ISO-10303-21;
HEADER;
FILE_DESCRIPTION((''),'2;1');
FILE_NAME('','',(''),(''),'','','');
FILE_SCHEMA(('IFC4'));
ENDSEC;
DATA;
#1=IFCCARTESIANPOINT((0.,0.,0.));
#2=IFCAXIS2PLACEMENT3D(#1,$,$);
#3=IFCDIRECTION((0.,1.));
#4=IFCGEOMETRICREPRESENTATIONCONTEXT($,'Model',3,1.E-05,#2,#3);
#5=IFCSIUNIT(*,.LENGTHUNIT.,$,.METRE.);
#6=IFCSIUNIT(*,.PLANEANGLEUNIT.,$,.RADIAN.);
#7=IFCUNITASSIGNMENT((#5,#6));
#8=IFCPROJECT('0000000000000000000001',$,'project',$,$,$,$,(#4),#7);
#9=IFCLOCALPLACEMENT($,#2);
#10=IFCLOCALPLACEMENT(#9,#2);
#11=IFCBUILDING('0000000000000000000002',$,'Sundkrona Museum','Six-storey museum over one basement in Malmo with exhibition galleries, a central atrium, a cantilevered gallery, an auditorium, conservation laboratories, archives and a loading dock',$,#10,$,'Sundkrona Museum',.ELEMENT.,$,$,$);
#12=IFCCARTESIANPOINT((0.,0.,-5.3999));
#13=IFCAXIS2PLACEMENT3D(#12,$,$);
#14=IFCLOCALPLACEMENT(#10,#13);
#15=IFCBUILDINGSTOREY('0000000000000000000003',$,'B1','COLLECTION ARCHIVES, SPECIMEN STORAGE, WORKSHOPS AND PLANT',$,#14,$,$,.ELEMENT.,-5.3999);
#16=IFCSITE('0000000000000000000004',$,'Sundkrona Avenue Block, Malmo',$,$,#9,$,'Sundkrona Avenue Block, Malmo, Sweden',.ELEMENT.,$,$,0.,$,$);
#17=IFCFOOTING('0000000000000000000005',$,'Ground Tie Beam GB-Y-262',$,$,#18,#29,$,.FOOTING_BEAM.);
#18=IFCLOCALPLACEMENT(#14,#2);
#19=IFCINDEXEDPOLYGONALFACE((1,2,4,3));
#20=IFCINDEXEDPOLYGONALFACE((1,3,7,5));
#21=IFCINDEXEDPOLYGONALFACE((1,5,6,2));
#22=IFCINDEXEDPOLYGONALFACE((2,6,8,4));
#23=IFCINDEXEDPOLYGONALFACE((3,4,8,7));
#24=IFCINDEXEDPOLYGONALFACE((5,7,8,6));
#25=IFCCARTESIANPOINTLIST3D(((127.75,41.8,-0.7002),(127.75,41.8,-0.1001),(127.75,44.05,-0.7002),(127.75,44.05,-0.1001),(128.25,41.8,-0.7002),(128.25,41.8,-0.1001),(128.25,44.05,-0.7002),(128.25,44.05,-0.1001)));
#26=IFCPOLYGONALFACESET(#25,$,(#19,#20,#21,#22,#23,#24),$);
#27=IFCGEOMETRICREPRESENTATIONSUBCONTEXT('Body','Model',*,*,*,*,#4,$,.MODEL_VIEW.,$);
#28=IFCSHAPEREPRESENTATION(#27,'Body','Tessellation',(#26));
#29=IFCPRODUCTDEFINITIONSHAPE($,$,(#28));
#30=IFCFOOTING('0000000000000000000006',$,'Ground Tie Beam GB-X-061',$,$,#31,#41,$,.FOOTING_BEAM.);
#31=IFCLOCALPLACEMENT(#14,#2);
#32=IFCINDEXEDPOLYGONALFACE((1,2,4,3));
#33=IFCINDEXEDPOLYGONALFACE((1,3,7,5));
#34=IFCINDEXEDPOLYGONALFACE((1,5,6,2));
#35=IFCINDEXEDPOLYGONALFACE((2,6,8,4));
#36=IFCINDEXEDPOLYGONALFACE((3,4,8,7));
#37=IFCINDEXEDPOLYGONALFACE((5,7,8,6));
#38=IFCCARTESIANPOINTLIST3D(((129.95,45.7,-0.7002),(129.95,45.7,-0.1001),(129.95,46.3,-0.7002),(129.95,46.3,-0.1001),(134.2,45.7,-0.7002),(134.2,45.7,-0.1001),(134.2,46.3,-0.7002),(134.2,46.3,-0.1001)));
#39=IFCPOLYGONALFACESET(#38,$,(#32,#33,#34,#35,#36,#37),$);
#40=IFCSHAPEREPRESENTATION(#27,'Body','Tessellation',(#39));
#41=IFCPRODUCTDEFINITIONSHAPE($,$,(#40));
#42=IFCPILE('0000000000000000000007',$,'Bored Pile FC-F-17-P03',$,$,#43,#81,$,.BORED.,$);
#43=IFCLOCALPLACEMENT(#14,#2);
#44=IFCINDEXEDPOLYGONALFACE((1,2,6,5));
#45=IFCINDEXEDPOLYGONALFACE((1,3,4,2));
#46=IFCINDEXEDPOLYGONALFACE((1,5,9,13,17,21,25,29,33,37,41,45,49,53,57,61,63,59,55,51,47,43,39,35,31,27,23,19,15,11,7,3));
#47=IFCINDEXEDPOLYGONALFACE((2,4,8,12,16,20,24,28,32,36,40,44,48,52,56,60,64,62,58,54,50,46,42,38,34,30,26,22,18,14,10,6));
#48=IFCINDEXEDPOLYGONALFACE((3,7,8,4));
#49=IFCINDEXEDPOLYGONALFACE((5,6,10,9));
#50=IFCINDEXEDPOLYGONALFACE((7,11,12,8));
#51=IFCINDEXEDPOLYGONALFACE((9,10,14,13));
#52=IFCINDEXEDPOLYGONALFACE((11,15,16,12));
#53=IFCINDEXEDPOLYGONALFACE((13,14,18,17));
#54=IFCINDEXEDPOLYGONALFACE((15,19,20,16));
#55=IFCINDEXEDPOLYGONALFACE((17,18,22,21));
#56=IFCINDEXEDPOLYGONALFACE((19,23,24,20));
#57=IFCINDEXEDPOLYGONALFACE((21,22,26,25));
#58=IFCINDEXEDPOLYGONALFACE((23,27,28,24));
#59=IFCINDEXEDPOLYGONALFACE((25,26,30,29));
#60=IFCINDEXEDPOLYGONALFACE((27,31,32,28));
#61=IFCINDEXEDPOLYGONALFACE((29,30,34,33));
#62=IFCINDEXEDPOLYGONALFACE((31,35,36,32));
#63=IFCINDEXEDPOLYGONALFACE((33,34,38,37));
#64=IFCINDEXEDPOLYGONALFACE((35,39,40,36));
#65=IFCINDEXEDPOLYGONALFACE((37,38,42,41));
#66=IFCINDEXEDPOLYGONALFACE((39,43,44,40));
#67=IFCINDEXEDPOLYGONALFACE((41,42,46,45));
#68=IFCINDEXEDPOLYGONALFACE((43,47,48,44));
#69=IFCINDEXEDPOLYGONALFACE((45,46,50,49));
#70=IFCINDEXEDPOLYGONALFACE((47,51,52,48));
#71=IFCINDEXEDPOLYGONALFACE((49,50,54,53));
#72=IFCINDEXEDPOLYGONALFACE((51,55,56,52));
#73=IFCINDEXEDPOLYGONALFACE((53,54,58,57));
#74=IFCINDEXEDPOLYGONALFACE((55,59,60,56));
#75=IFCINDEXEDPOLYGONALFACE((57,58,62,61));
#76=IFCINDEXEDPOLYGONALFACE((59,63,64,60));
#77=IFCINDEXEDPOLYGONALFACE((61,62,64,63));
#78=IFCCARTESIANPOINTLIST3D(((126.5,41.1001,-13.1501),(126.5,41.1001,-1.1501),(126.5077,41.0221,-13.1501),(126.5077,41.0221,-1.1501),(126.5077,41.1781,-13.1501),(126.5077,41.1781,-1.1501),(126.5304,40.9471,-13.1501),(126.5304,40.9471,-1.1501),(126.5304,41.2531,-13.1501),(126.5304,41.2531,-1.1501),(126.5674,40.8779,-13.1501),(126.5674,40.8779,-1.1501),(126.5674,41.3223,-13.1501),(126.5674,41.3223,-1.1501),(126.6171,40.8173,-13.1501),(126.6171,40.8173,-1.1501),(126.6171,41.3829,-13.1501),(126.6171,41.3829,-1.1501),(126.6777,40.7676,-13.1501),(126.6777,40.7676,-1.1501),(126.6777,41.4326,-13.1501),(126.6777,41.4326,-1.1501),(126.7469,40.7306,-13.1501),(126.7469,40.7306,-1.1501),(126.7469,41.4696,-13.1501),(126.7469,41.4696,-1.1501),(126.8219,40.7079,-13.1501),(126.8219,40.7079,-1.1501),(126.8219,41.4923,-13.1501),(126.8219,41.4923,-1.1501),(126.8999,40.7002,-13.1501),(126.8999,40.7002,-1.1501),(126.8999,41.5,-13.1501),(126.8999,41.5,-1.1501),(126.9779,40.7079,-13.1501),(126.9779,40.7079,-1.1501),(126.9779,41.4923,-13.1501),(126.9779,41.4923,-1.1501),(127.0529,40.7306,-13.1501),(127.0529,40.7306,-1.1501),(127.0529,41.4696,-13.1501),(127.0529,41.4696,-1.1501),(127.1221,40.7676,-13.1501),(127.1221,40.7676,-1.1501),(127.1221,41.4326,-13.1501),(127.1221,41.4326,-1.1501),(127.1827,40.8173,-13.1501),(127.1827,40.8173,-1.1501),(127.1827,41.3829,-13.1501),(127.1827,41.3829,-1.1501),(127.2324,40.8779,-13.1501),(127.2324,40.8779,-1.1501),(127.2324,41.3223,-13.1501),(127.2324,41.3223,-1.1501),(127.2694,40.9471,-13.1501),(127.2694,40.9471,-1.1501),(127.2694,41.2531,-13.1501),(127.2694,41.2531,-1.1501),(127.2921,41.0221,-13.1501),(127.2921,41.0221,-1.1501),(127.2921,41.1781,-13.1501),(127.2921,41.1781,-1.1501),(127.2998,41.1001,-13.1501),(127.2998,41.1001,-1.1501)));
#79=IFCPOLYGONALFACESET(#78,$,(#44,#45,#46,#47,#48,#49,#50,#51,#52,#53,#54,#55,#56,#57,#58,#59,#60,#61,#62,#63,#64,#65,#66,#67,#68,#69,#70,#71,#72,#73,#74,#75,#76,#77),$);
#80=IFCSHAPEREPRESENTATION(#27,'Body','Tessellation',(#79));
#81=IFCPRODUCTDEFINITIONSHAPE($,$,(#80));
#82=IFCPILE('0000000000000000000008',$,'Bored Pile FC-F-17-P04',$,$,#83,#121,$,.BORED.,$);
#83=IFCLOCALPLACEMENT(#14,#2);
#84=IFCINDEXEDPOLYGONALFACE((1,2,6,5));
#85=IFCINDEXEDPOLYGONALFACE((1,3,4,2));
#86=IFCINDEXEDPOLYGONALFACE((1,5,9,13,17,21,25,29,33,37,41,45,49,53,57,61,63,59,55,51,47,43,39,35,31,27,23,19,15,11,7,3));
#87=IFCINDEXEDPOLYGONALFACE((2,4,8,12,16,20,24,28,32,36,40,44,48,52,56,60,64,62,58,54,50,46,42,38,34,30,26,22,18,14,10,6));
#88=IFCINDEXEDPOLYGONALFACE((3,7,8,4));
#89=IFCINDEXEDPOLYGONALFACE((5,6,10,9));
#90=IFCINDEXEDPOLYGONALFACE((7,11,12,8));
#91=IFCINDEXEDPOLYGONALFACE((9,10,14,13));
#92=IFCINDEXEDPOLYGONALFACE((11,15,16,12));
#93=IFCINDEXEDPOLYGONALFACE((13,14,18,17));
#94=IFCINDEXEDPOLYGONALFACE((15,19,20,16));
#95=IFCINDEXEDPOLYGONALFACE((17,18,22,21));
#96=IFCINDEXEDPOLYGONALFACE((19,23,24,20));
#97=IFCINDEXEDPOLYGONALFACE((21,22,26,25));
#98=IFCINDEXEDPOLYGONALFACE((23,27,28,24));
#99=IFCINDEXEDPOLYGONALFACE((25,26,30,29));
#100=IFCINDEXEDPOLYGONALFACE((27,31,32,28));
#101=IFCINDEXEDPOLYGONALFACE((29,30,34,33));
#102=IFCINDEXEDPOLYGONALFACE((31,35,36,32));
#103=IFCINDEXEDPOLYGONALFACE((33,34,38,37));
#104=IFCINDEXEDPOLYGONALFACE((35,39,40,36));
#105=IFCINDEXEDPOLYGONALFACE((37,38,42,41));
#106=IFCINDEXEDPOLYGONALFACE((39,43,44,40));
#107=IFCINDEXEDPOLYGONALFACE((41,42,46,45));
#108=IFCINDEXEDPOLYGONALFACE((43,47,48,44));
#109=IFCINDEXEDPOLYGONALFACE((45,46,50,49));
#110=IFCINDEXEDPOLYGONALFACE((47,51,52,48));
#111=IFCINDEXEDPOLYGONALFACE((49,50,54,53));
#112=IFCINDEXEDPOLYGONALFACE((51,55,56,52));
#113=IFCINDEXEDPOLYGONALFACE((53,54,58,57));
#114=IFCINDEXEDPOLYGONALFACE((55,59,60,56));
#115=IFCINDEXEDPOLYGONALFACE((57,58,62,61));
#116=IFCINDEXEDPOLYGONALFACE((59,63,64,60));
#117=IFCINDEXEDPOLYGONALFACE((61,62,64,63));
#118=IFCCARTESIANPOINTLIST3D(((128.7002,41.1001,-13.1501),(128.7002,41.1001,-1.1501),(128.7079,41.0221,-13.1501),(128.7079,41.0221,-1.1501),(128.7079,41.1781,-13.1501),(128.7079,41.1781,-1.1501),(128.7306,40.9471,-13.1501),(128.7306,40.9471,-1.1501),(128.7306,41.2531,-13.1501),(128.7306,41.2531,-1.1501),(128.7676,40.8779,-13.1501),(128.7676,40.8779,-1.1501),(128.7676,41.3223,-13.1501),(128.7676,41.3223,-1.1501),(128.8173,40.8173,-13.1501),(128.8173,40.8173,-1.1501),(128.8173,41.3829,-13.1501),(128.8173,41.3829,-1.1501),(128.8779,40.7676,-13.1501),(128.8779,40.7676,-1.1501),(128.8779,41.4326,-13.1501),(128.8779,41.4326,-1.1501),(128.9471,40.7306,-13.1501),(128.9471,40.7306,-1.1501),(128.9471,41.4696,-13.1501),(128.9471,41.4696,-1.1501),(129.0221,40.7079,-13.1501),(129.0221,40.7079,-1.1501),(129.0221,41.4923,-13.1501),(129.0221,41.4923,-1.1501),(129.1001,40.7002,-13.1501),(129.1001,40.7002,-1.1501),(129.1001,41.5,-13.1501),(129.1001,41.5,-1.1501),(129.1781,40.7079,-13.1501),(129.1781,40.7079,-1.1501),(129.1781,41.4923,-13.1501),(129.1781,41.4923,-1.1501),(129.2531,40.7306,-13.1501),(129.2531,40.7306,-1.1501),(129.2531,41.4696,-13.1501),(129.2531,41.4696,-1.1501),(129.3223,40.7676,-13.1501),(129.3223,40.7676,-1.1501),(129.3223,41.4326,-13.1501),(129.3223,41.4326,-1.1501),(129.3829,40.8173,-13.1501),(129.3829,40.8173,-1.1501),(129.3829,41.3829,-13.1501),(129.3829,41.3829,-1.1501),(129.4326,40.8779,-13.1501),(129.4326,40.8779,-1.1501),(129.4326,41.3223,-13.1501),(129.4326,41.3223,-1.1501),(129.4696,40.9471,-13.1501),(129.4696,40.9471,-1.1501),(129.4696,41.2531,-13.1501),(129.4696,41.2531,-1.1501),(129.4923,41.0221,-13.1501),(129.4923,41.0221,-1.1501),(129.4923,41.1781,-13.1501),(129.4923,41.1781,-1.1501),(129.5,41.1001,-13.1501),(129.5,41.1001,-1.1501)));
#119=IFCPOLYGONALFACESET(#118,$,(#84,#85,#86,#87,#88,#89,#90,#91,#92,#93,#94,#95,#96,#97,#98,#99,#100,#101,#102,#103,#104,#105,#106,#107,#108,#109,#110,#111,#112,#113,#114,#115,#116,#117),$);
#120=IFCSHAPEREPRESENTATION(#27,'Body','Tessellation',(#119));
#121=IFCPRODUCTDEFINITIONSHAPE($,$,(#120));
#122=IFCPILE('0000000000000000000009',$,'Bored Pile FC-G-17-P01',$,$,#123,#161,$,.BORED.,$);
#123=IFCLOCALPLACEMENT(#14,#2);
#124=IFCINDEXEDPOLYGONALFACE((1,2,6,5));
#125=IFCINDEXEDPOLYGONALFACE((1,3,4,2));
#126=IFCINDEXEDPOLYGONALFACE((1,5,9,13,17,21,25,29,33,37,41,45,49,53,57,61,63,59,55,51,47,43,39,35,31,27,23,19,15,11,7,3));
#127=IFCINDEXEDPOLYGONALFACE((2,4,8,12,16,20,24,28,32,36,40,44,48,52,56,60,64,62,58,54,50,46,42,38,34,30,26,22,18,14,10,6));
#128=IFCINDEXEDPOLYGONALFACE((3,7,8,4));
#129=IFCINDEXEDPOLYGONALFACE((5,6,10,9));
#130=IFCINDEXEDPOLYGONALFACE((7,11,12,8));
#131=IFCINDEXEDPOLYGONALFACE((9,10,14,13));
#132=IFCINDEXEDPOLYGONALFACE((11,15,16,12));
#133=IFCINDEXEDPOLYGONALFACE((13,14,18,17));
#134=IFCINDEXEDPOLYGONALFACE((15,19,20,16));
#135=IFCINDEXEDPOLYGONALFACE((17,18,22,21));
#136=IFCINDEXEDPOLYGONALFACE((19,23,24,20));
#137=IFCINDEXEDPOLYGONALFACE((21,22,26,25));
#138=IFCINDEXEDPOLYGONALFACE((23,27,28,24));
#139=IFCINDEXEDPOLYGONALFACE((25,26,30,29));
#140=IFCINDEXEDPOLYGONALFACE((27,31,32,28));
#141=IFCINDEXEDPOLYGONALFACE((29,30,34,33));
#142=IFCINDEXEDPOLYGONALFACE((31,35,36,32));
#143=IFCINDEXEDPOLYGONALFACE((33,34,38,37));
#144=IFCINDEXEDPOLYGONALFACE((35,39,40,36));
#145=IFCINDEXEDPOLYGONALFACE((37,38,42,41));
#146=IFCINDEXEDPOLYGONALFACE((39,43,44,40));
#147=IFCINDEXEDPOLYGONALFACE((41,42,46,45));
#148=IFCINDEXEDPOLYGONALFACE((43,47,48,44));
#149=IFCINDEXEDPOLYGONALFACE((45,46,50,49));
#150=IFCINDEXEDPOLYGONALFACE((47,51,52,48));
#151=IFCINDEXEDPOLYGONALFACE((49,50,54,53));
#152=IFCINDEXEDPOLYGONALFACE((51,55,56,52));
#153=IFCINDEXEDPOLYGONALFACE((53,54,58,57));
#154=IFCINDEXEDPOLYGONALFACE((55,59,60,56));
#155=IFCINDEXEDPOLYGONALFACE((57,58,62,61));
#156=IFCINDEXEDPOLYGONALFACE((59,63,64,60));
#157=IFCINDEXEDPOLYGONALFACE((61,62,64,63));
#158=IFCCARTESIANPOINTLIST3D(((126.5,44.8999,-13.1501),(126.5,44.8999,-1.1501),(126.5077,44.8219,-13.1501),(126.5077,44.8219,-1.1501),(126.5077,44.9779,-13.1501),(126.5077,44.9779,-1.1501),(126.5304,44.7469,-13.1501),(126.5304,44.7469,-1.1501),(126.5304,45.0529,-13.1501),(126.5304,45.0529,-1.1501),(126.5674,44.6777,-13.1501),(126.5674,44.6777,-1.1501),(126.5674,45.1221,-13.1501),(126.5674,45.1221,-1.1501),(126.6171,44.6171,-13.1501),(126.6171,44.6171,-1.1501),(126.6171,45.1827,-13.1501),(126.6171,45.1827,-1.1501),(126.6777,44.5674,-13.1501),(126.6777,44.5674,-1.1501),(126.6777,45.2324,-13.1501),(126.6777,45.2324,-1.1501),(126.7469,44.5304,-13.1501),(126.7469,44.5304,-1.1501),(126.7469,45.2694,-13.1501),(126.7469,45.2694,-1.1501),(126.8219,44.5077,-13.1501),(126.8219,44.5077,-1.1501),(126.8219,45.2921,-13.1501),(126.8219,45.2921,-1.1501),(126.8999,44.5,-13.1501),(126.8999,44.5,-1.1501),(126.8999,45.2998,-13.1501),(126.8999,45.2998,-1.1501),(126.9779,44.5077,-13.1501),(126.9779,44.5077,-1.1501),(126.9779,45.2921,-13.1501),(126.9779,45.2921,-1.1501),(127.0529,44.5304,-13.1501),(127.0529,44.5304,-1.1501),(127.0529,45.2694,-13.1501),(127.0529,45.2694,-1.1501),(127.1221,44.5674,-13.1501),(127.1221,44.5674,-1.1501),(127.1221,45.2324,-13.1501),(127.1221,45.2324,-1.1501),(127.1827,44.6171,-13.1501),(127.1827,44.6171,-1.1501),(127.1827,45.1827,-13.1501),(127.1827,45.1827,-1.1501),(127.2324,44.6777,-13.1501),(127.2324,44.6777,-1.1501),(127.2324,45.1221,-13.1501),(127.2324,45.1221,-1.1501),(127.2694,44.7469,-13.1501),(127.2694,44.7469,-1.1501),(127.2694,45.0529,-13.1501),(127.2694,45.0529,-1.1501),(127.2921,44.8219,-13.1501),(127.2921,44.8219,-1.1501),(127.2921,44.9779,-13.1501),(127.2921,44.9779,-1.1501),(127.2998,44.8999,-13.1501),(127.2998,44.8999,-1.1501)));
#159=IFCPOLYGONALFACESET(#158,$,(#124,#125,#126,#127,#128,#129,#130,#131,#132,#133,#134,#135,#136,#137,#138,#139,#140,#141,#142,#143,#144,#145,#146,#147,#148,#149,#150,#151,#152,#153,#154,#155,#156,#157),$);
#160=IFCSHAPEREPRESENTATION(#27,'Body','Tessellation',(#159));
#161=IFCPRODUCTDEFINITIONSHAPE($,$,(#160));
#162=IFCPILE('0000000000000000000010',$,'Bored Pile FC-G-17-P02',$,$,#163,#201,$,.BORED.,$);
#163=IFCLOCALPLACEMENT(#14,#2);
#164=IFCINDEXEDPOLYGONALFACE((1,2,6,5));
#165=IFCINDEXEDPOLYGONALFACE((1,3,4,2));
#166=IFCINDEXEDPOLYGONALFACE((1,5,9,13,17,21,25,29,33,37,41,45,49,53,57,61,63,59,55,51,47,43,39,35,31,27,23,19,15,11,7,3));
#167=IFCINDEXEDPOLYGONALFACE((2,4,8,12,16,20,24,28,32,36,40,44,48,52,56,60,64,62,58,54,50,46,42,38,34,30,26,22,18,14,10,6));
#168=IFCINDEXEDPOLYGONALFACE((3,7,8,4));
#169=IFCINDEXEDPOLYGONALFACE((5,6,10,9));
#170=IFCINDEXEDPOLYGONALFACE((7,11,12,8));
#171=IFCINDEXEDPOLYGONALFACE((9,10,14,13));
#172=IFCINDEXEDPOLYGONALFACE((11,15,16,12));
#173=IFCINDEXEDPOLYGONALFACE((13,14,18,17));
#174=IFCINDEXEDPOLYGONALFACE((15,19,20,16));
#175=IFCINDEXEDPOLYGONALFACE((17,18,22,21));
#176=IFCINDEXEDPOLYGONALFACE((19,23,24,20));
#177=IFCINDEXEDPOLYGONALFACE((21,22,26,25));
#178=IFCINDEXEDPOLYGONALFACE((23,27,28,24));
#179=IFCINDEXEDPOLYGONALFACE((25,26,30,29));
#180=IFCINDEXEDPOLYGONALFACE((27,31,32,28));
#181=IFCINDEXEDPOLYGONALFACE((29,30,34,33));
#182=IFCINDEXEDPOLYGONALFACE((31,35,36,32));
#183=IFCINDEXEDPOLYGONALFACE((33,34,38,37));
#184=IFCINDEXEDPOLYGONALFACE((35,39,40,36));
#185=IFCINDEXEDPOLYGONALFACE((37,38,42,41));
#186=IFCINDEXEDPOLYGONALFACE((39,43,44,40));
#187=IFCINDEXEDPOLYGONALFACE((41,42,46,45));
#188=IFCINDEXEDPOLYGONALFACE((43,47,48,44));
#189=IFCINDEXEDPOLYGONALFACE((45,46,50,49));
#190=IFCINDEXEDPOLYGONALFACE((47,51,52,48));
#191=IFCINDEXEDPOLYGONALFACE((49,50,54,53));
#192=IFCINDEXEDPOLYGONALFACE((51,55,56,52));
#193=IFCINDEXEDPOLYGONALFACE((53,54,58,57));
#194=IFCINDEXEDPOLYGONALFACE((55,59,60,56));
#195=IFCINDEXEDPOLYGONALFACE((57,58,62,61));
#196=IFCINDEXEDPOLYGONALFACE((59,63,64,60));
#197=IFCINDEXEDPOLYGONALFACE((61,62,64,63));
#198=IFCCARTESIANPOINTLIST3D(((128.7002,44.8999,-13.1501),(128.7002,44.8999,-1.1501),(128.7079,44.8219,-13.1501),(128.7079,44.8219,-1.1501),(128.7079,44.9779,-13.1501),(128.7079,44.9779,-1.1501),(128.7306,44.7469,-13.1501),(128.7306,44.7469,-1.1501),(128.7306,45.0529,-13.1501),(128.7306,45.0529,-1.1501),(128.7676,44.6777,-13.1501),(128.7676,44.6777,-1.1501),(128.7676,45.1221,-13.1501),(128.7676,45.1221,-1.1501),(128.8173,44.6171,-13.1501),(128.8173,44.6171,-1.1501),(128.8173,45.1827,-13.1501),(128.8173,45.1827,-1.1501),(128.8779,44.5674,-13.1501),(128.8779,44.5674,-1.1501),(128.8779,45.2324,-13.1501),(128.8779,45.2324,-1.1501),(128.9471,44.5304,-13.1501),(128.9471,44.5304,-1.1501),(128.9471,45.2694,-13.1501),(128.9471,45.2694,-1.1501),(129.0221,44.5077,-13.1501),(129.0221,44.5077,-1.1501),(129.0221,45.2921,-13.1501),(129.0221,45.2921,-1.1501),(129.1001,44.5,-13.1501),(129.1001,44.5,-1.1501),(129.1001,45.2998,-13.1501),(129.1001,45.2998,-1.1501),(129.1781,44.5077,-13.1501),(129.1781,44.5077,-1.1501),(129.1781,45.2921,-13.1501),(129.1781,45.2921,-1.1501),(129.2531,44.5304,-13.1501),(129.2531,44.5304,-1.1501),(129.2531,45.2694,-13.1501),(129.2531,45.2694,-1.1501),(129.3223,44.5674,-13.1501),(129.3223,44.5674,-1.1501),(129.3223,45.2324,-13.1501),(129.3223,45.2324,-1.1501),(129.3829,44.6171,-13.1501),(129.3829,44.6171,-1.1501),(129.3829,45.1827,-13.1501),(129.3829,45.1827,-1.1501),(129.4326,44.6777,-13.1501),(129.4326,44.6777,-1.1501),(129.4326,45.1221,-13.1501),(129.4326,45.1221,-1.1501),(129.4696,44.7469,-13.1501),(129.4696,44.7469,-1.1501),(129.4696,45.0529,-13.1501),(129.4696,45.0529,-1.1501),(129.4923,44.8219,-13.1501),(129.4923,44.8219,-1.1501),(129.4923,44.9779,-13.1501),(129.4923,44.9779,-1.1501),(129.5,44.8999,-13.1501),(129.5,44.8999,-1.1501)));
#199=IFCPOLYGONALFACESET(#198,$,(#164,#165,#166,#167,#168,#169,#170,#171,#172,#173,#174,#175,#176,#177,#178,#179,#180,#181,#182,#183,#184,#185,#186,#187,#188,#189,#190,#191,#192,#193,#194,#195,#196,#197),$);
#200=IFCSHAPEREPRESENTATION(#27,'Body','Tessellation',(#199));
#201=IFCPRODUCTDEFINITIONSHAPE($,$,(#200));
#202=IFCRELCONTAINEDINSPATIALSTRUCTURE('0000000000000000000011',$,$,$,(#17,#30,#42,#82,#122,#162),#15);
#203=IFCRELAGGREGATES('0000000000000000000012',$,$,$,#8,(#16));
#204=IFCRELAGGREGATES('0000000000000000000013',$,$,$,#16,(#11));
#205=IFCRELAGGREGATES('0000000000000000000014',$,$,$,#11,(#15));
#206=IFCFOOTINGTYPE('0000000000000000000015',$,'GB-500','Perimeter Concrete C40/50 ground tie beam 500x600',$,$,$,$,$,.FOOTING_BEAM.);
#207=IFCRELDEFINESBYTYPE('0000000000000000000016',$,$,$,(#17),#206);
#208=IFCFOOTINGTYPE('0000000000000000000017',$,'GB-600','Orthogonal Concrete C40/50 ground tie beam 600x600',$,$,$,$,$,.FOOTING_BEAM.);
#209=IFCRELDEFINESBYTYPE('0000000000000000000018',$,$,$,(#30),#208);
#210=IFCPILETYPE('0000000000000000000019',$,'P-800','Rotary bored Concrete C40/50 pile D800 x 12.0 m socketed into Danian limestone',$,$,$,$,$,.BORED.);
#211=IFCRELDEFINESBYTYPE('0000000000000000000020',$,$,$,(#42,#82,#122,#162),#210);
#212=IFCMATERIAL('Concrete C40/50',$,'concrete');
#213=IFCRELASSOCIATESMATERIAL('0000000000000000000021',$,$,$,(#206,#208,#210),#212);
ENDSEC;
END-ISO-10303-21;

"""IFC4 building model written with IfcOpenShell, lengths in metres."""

from ifc_helpers import new_model, si_unit, direction, frame, origin, origin_2d, place, context, subcontext, project, spatial, rectangle, circle, extrude, material, material_profile, profile_set, type_object, element, save


model = new_model("IFC4")

# Units and contexts
model_context = context("Model", 3, precision=1e-05, world=origin(), true_north=direction((0.0, 1.0)))
body_context = subcontext(model_context, "Body", "Model", "MODEL_VIEW")
ifc_project = project(units=[si_unit("LENGTHUNIT", "METRE"), si_unit("PLANEANGLEUNIT", "RADIAN")], contexts=[model_context])

# Site, building, storey
site_placement = place(None, origin())
site = spatial("IfcSite", under=ifc_project, at=site_placement, Name="Sundkrona Avenue Block, Malmo", LongName="Sundkrona Avenue Block, Malmo, Sweden", CompositionType="ELEMENT", RefElevation=0.0)
building_placement = place(site_placement, origin())
building = spatial("IfcBuilding", under=site, at=building_placement, Name="Sundkrona Museum", Description="Six-storey museum over one basement in Malmo with exhibition galleries, a central atrium, a cantilevered gallery, an auditorium, conservation laboratories, archives and a loading dock", LongName="Sundkrona Museum", CompositionType="ELEMENT")
storey_placement = place(building_placement, frame((0.0, 0.0, -5.3999)))
storey = spatial("IfcBuildingStorey", under=building, at=storey_placement, Name="B1", Description="COLLECTION ARCHIVES, SPECIMEN STORAGE, WORKSHOPS AND PLANT", CompositionType="ELEMENT", Elevation=-5.3999)

# Footings
ifc_material_1 = material(Name="Concrete C40/50", Category="concrete")
footing_type_1 = type_object("IfcFootingType", Name="GB-500", Description="Perimeter Concrete C40/50 ground tie beam 500x600", PredefinedType="FOOTING_BEAM", material=ifc_material_1)
footing_1_placement = place(storey_placement, frame((128.0, 42.925, -0.7002), z_axis=(0.0, 0.0, 1.0), x_axis=(0.0, 1.0, 0.0)))
element("IfcFooting", 1, at=footing_1_placement, inside=storey, type_object=footing_type_1, Name="Ground Tie Beam GB-Y-262", PredefinedType="FOOTING_BEAM", context=body_context, shape_type="SweptSolid", body=[
    extrude(rectangle(XDim=2.25, YDim=0.5, at=origin_2d()), origin(), (0.0, 0.0, 1.0), 0.6001),
])
footing_type_2 = type_object("IfcFootingType", Name="GB-600", Description="Orthogonal Concrete C40/50 ground tie beam 600x600", PredefinedType="FOOTING_BEAM", material=ifc_material_1)
footing_2_placement = place(storey_placement, frame((132.075, 46.0, -0.7002), z_axis=(0.0, 0.0, 1.0), x_axis=(1.0, 0.0, 0.0)))
element("IfcFooting", 2, at=footing_2_placement, inside=storey, type_object=footing_type_2, Name="Ground Tie Beam GB-X-061", PredefinedType="FOOTING_BEAM", context=body_context, shape_type="SweptSolid", body=[
    extrude(rectangle(XDim=4.25, YDim=0.6001, at=origin_2d()), origin(), (0.0, 0.0, 1.0), 0.6001),
])

# Piles
ifc_material_profile_1 = material_profile(ifc_material_1, circle(Radius=0.3999, at=origin_2d()), Name="PILE D800")
ifc_profile_set_1 = profile_set([ifc_material_profile_1], Name="Concrete C40/50")
pile_type = type_object("IfcPileType", Name="P-800", Description="Rotary bored Concrete C40/50 pile D800 x 12.0 m socketed into Danian limestone", PredefinedType="BORED", material=ifc_profile_set_1)
for number, where, z_axis, x_axis, name in (
    (3, (126.8999, 41.1001, -1.1501), (0.0, 0.0, -1.0), (1.0, 0.0, 0.0), "Bored Pile FC-F-17-P03"),
    (4, (129.1001, 41.1001, -1.1501), (0.0, 0.0, -1.0), (1.0, 0.0, 0.0), "Bored Pile FC-F-17-P04"),
    (5, (126.8999, 44.8999, -1.1501), (0.0, 0.0, -1.0), (1.0, 0.0, 0.0), "Bored Pile FC-G-17-P01"),
    (6, (129.1001, 44.8999, -1.1501), (0.0, 0.0, -1.0), (1.0, 0.0, 0.0), "Bored Pile FC-G-17-P02"),
):
    element("IfcPile", number, at=place(storey_placement, frame(where, z_axis=z_axis, x_axis=x_axis)), inside=storey, type_object=pile_type, Name=name, PredefinedType="BORED", context=body_context, shape_type="SweptSolid", body=[
        extrude(circle(Radius=0.3999, at=origin_2d()), origin(), (0.0, 0.0, 1.0), 12.0),
    ])

save(model, "model.ifc")
